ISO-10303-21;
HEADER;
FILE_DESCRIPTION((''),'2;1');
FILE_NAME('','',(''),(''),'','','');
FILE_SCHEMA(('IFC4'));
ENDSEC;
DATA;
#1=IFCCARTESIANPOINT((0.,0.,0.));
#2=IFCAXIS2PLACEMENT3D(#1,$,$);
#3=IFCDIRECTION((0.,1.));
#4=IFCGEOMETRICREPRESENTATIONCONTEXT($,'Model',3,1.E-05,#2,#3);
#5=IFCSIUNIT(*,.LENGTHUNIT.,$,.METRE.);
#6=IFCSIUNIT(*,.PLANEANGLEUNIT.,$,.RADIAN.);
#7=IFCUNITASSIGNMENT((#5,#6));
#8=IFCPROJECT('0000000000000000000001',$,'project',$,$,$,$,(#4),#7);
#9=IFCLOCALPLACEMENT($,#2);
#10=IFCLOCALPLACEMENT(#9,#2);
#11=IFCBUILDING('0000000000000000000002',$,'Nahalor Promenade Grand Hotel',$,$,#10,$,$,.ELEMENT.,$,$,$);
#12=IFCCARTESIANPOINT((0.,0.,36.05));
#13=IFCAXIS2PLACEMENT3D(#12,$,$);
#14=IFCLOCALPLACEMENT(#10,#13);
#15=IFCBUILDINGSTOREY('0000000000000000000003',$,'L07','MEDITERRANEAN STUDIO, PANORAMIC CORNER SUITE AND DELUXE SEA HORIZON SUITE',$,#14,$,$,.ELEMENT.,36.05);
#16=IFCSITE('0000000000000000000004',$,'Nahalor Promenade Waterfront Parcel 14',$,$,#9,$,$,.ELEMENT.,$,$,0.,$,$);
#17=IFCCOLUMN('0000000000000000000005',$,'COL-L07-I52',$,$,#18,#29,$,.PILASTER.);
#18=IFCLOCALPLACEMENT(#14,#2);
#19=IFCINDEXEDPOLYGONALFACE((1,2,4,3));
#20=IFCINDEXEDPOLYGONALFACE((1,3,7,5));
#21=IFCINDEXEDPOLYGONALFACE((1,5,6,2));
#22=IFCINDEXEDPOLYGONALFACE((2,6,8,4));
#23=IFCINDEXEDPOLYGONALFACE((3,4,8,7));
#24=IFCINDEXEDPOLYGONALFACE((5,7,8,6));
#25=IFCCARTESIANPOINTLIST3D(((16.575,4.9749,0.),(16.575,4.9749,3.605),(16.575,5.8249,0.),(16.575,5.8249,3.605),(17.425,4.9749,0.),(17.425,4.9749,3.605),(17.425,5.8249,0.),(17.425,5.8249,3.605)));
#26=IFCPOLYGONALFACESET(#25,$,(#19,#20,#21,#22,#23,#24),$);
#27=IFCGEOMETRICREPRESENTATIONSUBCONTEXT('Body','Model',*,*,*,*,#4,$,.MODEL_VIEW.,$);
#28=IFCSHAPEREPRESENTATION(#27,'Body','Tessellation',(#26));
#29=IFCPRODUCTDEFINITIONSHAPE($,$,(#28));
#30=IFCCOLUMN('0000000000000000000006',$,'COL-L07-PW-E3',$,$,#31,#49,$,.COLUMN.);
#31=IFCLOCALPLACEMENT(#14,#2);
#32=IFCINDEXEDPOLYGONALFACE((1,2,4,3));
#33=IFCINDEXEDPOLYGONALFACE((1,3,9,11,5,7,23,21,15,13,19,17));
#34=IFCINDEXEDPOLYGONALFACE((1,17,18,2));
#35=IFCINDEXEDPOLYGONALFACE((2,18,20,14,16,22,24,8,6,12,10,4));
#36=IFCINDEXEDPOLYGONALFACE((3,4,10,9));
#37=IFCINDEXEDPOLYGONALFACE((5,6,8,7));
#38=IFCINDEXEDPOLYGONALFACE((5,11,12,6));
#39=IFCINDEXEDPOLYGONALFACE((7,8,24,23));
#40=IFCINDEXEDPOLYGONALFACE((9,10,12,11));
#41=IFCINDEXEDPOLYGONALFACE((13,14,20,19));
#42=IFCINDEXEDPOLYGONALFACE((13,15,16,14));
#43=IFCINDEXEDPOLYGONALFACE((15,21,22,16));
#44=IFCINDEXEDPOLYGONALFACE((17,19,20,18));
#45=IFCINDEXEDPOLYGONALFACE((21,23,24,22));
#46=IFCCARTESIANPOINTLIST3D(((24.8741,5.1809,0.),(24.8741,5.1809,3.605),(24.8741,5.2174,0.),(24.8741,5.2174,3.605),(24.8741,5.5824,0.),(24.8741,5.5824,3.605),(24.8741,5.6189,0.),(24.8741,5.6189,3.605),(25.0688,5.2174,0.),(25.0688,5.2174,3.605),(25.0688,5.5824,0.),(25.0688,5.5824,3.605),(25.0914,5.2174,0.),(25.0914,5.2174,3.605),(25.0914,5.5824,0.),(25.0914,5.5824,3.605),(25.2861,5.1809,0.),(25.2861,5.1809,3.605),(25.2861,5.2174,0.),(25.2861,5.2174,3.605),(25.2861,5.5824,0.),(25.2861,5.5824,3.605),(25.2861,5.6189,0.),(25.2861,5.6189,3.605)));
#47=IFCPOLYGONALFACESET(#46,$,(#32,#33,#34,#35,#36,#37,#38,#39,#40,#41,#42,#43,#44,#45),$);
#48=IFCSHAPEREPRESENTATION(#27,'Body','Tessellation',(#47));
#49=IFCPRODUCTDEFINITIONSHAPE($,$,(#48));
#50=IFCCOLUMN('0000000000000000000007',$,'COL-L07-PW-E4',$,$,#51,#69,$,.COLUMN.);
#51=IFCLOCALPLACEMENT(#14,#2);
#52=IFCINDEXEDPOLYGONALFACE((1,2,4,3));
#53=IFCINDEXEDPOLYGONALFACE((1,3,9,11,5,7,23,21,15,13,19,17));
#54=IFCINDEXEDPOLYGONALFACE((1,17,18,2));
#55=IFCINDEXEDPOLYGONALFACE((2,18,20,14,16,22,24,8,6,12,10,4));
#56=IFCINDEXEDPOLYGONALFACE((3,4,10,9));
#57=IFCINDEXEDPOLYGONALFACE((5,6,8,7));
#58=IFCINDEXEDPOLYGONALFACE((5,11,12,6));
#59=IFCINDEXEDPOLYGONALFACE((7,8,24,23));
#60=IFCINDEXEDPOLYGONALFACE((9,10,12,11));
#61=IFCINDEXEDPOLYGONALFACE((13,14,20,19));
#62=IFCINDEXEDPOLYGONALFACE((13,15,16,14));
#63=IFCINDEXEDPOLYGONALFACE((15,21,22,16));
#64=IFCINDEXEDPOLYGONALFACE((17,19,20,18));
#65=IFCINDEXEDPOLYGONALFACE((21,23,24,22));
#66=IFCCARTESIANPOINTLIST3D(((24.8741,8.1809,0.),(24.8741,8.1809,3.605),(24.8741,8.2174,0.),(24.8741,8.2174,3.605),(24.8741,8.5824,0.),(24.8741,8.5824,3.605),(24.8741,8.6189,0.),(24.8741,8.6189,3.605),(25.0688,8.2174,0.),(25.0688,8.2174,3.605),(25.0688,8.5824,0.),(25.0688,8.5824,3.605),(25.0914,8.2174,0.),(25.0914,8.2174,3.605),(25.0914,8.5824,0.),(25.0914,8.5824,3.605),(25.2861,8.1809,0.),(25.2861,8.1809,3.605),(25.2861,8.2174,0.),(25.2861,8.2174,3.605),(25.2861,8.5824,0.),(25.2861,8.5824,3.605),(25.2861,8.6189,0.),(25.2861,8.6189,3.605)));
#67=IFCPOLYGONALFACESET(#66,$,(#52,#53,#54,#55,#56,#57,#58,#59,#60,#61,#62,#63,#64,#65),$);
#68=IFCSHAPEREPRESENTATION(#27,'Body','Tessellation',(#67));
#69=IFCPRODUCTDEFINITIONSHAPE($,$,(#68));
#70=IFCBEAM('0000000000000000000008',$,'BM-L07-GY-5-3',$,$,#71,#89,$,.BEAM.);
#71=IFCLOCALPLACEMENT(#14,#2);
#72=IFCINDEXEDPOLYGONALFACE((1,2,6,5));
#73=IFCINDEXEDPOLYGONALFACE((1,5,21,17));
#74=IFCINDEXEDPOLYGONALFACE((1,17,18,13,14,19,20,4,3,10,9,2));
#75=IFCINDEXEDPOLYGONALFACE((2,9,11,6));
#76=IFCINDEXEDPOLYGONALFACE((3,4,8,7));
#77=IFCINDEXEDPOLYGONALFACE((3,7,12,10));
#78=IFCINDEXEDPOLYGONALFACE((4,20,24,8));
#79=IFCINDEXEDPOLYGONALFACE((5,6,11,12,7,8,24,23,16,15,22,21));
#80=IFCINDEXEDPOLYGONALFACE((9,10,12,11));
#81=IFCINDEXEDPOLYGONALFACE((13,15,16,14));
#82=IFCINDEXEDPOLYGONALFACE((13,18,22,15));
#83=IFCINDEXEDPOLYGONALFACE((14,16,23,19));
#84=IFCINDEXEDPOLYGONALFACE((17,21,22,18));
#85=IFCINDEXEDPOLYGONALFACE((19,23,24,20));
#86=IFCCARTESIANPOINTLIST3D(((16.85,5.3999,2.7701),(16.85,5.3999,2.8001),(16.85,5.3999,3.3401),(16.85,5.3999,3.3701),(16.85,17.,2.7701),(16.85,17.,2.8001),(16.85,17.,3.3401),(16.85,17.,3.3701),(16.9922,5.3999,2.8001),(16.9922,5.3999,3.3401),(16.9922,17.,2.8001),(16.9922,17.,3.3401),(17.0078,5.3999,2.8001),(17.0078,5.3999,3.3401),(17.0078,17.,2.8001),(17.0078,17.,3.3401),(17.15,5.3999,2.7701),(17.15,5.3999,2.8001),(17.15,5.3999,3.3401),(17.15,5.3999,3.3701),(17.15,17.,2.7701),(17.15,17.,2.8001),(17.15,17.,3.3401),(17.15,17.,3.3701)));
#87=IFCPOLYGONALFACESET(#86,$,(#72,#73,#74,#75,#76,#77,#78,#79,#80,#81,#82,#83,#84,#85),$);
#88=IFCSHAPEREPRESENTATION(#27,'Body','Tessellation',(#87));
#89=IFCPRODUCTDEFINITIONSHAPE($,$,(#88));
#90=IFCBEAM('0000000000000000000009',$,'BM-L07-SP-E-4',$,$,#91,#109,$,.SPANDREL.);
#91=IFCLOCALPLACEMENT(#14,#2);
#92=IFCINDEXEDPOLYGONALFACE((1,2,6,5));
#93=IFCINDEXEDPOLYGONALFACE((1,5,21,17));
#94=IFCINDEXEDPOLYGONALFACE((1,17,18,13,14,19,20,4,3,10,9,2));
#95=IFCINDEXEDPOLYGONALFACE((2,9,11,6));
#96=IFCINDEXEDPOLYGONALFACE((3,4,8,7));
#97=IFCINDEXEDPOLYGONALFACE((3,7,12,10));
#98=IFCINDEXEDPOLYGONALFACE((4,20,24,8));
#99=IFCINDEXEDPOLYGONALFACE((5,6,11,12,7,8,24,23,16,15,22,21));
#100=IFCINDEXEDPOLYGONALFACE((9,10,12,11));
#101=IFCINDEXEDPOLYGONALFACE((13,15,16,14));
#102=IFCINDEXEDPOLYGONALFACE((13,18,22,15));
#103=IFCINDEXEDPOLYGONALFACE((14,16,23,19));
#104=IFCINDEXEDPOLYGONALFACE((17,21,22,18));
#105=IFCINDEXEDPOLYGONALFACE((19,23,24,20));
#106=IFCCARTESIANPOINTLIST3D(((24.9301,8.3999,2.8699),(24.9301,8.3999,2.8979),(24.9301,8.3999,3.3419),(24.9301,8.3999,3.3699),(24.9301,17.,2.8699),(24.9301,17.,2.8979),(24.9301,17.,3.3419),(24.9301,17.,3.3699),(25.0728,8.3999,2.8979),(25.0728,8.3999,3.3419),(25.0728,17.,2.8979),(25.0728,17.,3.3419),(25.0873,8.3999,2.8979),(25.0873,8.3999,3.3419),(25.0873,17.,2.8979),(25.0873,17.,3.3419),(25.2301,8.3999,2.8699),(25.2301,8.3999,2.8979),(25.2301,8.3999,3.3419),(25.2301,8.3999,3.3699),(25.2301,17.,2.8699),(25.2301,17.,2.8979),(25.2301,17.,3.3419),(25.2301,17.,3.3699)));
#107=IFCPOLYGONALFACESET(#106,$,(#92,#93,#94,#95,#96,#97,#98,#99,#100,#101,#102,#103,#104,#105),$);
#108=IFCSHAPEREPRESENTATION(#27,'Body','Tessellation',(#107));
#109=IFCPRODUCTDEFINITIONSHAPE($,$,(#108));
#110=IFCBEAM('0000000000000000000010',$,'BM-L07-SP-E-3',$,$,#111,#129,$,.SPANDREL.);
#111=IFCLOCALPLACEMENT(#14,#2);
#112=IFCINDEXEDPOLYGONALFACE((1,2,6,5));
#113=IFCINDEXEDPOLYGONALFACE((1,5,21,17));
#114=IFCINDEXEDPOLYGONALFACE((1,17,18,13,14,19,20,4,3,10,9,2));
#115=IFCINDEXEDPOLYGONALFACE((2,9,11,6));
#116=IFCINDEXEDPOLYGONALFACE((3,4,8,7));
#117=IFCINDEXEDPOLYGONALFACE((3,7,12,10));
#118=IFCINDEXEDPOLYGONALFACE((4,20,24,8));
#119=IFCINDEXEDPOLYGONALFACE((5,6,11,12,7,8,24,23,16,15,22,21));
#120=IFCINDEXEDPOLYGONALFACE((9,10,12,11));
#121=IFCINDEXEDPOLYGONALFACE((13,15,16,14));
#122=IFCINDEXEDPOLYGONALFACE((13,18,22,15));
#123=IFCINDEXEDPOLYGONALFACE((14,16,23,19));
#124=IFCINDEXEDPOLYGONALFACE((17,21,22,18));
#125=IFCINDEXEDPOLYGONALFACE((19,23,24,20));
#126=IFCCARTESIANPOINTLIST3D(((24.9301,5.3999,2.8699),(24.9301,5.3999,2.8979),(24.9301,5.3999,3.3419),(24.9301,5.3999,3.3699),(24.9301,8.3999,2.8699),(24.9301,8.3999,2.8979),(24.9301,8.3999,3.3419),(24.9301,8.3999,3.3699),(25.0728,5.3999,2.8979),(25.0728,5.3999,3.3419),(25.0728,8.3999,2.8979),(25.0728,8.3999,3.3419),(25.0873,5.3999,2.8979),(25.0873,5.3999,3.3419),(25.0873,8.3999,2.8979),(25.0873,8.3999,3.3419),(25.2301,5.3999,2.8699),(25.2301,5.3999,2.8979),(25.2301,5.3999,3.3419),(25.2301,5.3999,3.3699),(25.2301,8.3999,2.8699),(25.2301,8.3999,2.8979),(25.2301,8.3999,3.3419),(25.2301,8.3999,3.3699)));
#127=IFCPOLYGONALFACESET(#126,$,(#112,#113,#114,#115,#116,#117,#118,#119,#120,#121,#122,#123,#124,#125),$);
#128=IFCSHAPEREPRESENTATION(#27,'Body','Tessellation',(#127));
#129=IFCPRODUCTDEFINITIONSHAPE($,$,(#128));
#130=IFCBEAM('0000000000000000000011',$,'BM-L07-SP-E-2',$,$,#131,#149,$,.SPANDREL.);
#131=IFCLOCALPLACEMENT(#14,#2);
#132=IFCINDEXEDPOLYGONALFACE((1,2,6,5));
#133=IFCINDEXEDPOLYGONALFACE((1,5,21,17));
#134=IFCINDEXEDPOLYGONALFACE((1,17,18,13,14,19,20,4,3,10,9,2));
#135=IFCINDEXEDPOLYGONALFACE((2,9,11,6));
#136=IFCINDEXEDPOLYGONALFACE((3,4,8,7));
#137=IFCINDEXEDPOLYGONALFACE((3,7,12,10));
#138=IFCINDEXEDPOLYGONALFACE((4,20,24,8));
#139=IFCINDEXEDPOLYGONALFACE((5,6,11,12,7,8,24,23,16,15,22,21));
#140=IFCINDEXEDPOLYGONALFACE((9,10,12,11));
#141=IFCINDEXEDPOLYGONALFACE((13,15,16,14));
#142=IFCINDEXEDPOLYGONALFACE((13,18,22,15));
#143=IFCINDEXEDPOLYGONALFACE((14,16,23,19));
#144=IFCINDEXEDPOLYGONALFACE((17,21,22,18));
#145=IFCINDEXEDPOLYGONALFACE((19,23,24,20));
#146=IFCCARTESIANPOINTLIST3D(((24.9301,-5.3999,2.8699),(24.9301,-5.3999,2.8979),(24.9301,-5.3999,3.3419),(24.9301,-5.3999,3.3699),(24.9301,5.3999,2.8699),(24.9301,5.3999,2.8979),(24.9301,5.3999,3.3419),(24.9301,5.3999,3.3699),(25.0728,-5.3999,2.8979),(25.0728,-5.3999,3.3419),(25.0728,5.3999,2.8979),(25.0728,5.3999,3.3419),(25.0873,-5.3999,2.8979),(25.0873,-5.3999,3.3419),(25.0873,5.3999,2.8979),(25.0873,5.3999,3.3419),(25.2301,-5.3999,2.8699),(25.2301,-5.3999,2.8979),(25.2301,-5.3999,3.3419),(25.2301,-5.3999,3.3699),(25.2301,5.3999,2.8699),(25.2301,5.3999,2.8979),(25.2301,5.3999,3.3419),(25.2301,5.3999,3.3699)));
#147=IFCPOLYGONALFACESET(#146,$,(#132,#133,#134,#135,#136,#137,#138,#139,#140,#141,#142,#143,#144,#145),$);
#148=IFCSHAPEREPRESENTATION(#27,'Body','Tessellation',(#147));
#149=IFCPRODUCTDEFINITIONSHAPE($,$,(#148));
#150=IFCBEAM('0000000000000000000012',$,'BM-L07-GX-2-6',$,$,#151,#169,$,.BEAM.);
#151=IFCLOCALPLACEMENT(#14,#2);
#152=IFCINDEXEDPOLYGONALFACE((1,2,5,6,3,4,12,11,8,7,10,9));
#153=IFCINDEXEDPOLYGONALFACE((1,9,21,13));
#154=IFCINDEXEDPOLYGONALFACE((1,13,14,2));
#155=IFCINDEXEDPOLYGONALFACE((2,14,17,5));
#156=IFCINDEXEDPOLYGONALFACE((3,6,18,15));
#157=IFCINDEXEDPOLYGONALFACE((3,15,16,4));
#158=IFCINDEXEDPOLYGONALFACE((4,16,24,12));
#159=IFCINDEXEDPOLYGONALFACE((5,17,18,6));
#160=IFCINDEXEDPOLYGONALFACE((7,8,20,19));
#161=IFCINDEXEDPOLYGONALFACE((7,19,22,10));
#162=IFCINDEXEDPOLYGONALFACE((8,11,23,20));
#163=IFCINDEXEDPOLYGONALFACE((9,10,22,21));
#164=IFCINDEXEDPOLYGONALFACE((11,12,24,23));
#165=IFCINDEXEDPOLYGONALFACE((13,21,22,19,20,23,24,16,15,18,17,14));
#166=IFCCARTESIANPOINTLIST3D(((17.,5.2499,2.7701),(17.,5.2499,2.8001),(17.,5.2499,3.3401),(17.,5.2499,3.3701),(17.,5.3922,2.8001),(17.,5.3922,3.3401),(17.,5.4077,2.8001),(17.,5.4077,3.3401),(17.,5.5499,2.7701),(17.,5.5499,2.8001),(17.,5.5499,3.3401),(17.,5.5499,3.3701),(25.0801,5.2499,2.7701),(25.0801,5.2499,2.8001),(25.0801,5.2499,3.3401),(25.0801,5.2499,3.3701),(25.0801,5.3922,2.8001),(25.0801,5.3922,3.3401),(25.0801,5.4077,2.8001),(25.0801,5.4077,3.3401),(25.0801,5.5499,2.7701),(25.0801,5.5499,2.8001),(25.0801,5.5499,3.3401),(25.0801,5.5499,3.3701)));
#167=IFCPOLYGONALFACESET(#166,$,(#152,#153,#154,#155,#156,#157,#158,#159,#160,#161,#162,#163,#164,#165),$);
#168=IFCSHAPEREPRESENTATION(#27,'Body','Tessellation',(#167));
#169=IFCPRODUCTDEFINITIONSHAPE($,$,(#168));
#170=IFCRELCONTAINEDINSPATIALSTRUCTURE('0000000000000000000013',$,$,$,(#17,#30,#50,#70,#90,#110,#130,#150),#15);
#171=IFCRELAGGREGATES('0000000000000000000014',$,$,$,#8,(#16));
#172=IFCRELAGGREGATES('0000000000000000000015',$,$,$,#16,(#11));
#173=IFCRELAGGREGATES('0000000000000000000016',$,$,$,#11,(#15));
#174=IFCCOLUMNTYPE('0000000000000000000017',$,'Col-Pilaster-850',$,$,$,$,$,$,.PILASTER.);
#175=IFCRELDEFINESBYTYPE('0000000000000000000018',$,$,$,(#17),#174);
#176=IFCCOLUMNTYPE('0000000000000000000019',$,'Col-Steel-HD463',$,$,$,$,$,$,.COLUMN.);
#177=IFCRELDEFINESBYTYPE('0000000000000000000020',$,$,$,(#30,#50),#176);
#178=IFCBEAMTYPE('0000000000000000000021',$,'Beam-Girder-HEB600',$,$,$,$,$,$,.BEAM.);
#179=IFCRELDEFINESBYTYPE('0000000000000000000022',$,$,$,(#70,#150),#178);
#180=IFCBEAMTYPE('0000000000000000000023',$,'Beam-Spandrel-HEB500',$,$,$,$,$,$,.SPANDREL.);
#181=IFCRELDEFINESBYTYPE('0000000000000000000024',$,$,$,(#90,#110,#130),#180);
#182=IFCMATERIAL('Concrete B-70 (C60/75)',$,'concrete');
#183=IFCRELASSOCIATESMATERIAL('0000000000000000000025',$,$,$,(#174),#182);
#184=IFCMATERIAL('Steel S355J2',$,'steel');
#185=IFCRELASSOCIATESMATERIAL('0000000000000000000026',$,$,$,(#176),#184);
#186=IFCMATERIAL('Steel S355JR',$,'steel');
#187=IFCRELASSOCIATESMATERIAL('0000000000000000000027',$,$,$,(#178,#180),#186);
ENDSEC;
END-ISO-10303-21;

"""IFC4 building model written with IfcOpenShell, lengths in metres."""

from ifc_helpers import new_model, si_unit, direction, frame, origin, origin_2d, place, context, subcontext, project, spatial, rectangle, i_section, extrude, source, transform, mapped, material, material_profile, profile_set, type_object, element, save


model = new_model("IFC4")

# Units and contexts
model_context = context("Model", 3, precision=1e-05, world=origin(), true_north=direction((0.0, 1.0)))
body_context = subcontext(model_context, "Body", "Model", "MODEL_VIEW")
ifc_project = project(units=[si_unit("LENGTHUNIT", "METRE"), si_unit("PLANEANGLEUNIT", "RADIAN")], contexts=[model_context])

# Site, building, storey
site_placement = place(None, origin())
site = spatial("IfcSite", under=ifc_project, at=site_placement, Name="Nahalor Promenade Waterfront Parcel 14", CompositionType="ELEMENT", RefElevation=0.0)
building_placement = place(site_placement, origin())
building = spatial("IfcBuilding", under=site, at=building_placement, Name="Nahalor Promenade Grand Hotel", CompositionType="ELEMENT")
storey_placement = place(building_placement, frame((0.0, 0.0, 36.05)))
storey = spatial("IfcBuildingStorey", under=building, at=storey_placement, Name="L07", Description="MEDITERRANEAN STUDIO, PANORAMIC CORNER SUITE AND DELUXE SEA HORIZON SUITE", CompositionType="ELEMENT", Elevation=36.05)

# Columns
ifc_material_1 = material(Name="Concrete B-70 (C60/75)", Category="concrete")
ifc_material_profile_1 = material_profile(ifc_material_1, rectangle(XDim=0.85, YDim=0.85, at=origin_2d()), Name="RC 850x850")
ifc_profile_set_1 = profile_set([ifc_material_profile_1], Name="Concrete B-70 (C60/75)")
column_type_1 = type_object("IfcColumnType", Name="Col-Pilaster-850", PredefinedType="PILASTER", material=ifc_profile_set_1)
shared_shape_1 = source(origin(), body_context, "Body", "SweptSolid", [
    extrude(rectangle(XDim=0.85, YDim=0.85, at=origin_2d()), origin(), (0.0, 0.0, 1.0), 3.605),
])
column_placement = place(storey_placement, frame((17.0, 5.3999, 0.0), z_axis=(0.0, 0.0, 1.0), x_axis=(1.0, 0.0, 0.0)))
element("IfcColumn", 1, at=column_placement, inside=storey, type_object=column_type_1, Name="COL-L07-I52", PredefinedType="PILASTER", context=body_context, shape_type="MappedRepresentation", body=[
    mapped(shared_shape_1, transform((0.0, 0.0, 0.0), scale=1.0)),
])
ifc_material_2 = material(Name="Steel S355J2", Category="steel")
ifc_material_profile_2 = material_profile(ifc_material_2, i_section(OverallWidth=0.412, OverallDepth=0.438, WebThickness=0.0226, FlangeThickness=0.0365, at=origin_2d()), Name="HD 400x463")
ifc_profile_set_2 = profile_set([ifc_material_profile_2], Name="Steel S355J2")
column_type_2 = type_object("IfcColumnType", Name="Col-Steel-HD463", PredefinedType="COLUMN", material=ifc_profile_set_2)
shared_shape_2 = source(origin(), body_context, "Body", "SweptSolid", [
    extrude(i_section(OverallWidth=0.412, OverallDepth=0.438, WebThickness=0.0226, FlangeThickness=0.0365, at=origin_2d()), origin(), (0.0, 0.0, 1.0), 3.605),
])
for number, where, z_axis, x_axis, name in (
    (2, (25.0801, 5.3999, 0.0), (0.0, 0.0, 1.0), (1.0, 0.0, 0.0), "COL-L07-PW-E3"),
    (3, (25.0801, 8.3999, 0.0), (0.0, 0.0, 1.0), (1.0, 0.0, 0.0), "COL-L07-PW-E4"),
):
    element("IfcColumn", number, at=place(storey_placement, frame(where, z_axis=z_axis, x_axis=x_axis)), inside=storey, type_object=column_type_2, Name=name, PredefinedType="COLUMN", context=body_context, shape_type="MappedRepresentation", body=[
        mapped(shared_shape_2, transform((0.0, 0.0, 0.0), scale=1.0)),
    ])

# Beams
ifc_material_3 = material(Name="Steel S355JR", Category="steel")
ifc_material_profile_3 = material_profile(ifc_material_3, i_section(OverallWidth=0.3, OverallDepth=0.6, WebThickness=0.0155, FlangeThickness=0.03, at=origin_2d()), Name="HEB 600")
ifc_profile_set_3 = profile_set([ifc_material_profile_3], Name="Steel S355JR")
beam_type_1 = type_object("IfcBeamType", Name="Beam-Girder-HEB600", PredefinedType="BEAM", material=ifc_profile_set_3)
shared_shape_3 = source(origin(), body_context, "Body", "SweptSolid", [
    extrude(i_section(OverallWidth=0.3, OverallDepth=0.6, WebThickness=0.0155, FlangeThickness=0.03, at=origin_2d()), origin(), (0.0, 0.0, 1.0), 11.6001),
])
beam_1_placement = place(storey_placement, frame((17.0, 5.3999, 3.0701), z_axis=(0.0, 1.0, 0.0), x_axis=(-1.0, 0.0, 0.0)))
element("IfcBeam", 4, at=beam_1_placement, inside=storey, type_object=beam_type_1, Name="BM-L07-GY-5-3", PredefinedType="BEAM", context=body_context, shape_type="MappedRepresentation", body=[
    mapped(shared_shape_3, transform((0.0, 0.0, 0.0), scale=1.0)),
])
ifc_material_profile_4 = material_profile(ifc_material_3, i_section(OverallWidth=0.3, OverallDepth=0.5, WebThickness=0.0145, FlangeThickness=0.028, at=origin_2d()), Name="HEB 500")
ifc_profile_set_4 = profile_set([ifc_material_profile_4], Name="Steel S355JR")
beam_type_2 = type_object("IfcBeamType", Name="Beam-Spandrel-HEB500", PredefinedType="SPANDREL", material=ifc_profile_set_4)
shared_shape_4 = source(origin(), body_context, "Body", "SweptSolid", [
    extrude(i_section(OverallWidth=0.3, OverallDepth=0.5, WebThickness=0.0145, FlangeThickness=0.028, at=origin_2d()), origin(), (0.0, 0.0, 1.0), 8.6001),
])
beam_2_placement = place(storey_placement, frame((25.0801, 8.3999, 3.1199), z_axis=(0.0, 1.0, 0.0), x_axis=(-1.0, 0.0, 0.0)))
element("IfcBeam", 5, at=beam_2_placement, inside=storey, type_object=beam_type_2, Name="BM-L07-SP-E-4", PredefinedType="SPANDREL", context=body_context, shape_type="MappedRepresentation", body=[
    mapped(shared_shape_4, transform((0.0, 0.0, 0.0), scale=1.0)),
])
shared_shape_5 = source(origin(), body_context, "Body", "SweptSolid", [
    extrude(i_section(OverallWidth=0.3, OverallDepth=0.5, WebThickness=0.0145, FlangeThickness=0.028, at=origin_2d()), origin(), (0.0, 0.0, 1.0), 3.0),
])
beam_3_placement = place(storey_placement, frame((25.0801, 5.3999, 3.1199), z_axis=(0.0, 1.0, 0.0), x_axis=(-1.0, 0.0, 0.0)))
element("IfcBeam", 6, at=beam_3_placement, inside=storey, type_object=beam_type_2, Name="BM-L07-SP-E-3", PredefinedType="SPANDREL", context=body_context, shape_type="MappedRepresentation", body=[
    mapped(shared_shape_5, transform((0.0, 0.0, 0.0), scale=1.0)),
])
shared_shape_6 = source(origin(), body_context, "Body", "SweptSolid", [
    extrude(i_section(OverallWidth=0.3, OverallDepth=0.5, WebThickness=0.0145, FlangeThickness=0.028, at=origin_2d()), origin(), (0.0, 0.0, 1.0), 10.7998),
])
beam_4_placement = place(storey_placement, frame((25.0801, -5.3999, 3.1199), z_axis=(0.0, 1.0, 0.0), x_axis=(-1.0, 0.0, 0.0)))
element("IfcBeam", 7, at=beam_4_placement, inside=storey, type_object=beam_type_2, Name="BM-L07-SP-E-2", PredefinedType="SPANDREL", context=body_context, shape_type="MappedRepresentation", body=[
    mapped(shared_shape_6, transform((0.0, 0.0, 0.0), scale=1.0)),
])
shared_shape_7 = source(origin(), body_context, "Body", "SweptSolid", [
    extrude(i_section(OverallWidth=0.3, OverallDepth=0.6, WebThickness=0.0155, FlangeThickness=0.03, at=origin_2d()), origin(), (0.0, 0.0, 1.0), 8.0801),
])
beam_5_placement = place(storey_placement, frame((17.0, 5.3999, 3.0701), z_axis=(1.0, 0.0, 0.0), x_axis=(0.0, 1.0, 0.0)))
element("IfcBeam", 8, at=beam_5_placement, inside=storey, type_object=beam_type_1, Name="BM-L07-GX-2-6", PredefinedType="BEAM", context=body_context, shape_type="MappedRepresentation", body=[
    mapped(shared_shape_7, transform((0.0, 0.0, 0.0), scale=1.0)),
])

save(model, "model.ifc")
